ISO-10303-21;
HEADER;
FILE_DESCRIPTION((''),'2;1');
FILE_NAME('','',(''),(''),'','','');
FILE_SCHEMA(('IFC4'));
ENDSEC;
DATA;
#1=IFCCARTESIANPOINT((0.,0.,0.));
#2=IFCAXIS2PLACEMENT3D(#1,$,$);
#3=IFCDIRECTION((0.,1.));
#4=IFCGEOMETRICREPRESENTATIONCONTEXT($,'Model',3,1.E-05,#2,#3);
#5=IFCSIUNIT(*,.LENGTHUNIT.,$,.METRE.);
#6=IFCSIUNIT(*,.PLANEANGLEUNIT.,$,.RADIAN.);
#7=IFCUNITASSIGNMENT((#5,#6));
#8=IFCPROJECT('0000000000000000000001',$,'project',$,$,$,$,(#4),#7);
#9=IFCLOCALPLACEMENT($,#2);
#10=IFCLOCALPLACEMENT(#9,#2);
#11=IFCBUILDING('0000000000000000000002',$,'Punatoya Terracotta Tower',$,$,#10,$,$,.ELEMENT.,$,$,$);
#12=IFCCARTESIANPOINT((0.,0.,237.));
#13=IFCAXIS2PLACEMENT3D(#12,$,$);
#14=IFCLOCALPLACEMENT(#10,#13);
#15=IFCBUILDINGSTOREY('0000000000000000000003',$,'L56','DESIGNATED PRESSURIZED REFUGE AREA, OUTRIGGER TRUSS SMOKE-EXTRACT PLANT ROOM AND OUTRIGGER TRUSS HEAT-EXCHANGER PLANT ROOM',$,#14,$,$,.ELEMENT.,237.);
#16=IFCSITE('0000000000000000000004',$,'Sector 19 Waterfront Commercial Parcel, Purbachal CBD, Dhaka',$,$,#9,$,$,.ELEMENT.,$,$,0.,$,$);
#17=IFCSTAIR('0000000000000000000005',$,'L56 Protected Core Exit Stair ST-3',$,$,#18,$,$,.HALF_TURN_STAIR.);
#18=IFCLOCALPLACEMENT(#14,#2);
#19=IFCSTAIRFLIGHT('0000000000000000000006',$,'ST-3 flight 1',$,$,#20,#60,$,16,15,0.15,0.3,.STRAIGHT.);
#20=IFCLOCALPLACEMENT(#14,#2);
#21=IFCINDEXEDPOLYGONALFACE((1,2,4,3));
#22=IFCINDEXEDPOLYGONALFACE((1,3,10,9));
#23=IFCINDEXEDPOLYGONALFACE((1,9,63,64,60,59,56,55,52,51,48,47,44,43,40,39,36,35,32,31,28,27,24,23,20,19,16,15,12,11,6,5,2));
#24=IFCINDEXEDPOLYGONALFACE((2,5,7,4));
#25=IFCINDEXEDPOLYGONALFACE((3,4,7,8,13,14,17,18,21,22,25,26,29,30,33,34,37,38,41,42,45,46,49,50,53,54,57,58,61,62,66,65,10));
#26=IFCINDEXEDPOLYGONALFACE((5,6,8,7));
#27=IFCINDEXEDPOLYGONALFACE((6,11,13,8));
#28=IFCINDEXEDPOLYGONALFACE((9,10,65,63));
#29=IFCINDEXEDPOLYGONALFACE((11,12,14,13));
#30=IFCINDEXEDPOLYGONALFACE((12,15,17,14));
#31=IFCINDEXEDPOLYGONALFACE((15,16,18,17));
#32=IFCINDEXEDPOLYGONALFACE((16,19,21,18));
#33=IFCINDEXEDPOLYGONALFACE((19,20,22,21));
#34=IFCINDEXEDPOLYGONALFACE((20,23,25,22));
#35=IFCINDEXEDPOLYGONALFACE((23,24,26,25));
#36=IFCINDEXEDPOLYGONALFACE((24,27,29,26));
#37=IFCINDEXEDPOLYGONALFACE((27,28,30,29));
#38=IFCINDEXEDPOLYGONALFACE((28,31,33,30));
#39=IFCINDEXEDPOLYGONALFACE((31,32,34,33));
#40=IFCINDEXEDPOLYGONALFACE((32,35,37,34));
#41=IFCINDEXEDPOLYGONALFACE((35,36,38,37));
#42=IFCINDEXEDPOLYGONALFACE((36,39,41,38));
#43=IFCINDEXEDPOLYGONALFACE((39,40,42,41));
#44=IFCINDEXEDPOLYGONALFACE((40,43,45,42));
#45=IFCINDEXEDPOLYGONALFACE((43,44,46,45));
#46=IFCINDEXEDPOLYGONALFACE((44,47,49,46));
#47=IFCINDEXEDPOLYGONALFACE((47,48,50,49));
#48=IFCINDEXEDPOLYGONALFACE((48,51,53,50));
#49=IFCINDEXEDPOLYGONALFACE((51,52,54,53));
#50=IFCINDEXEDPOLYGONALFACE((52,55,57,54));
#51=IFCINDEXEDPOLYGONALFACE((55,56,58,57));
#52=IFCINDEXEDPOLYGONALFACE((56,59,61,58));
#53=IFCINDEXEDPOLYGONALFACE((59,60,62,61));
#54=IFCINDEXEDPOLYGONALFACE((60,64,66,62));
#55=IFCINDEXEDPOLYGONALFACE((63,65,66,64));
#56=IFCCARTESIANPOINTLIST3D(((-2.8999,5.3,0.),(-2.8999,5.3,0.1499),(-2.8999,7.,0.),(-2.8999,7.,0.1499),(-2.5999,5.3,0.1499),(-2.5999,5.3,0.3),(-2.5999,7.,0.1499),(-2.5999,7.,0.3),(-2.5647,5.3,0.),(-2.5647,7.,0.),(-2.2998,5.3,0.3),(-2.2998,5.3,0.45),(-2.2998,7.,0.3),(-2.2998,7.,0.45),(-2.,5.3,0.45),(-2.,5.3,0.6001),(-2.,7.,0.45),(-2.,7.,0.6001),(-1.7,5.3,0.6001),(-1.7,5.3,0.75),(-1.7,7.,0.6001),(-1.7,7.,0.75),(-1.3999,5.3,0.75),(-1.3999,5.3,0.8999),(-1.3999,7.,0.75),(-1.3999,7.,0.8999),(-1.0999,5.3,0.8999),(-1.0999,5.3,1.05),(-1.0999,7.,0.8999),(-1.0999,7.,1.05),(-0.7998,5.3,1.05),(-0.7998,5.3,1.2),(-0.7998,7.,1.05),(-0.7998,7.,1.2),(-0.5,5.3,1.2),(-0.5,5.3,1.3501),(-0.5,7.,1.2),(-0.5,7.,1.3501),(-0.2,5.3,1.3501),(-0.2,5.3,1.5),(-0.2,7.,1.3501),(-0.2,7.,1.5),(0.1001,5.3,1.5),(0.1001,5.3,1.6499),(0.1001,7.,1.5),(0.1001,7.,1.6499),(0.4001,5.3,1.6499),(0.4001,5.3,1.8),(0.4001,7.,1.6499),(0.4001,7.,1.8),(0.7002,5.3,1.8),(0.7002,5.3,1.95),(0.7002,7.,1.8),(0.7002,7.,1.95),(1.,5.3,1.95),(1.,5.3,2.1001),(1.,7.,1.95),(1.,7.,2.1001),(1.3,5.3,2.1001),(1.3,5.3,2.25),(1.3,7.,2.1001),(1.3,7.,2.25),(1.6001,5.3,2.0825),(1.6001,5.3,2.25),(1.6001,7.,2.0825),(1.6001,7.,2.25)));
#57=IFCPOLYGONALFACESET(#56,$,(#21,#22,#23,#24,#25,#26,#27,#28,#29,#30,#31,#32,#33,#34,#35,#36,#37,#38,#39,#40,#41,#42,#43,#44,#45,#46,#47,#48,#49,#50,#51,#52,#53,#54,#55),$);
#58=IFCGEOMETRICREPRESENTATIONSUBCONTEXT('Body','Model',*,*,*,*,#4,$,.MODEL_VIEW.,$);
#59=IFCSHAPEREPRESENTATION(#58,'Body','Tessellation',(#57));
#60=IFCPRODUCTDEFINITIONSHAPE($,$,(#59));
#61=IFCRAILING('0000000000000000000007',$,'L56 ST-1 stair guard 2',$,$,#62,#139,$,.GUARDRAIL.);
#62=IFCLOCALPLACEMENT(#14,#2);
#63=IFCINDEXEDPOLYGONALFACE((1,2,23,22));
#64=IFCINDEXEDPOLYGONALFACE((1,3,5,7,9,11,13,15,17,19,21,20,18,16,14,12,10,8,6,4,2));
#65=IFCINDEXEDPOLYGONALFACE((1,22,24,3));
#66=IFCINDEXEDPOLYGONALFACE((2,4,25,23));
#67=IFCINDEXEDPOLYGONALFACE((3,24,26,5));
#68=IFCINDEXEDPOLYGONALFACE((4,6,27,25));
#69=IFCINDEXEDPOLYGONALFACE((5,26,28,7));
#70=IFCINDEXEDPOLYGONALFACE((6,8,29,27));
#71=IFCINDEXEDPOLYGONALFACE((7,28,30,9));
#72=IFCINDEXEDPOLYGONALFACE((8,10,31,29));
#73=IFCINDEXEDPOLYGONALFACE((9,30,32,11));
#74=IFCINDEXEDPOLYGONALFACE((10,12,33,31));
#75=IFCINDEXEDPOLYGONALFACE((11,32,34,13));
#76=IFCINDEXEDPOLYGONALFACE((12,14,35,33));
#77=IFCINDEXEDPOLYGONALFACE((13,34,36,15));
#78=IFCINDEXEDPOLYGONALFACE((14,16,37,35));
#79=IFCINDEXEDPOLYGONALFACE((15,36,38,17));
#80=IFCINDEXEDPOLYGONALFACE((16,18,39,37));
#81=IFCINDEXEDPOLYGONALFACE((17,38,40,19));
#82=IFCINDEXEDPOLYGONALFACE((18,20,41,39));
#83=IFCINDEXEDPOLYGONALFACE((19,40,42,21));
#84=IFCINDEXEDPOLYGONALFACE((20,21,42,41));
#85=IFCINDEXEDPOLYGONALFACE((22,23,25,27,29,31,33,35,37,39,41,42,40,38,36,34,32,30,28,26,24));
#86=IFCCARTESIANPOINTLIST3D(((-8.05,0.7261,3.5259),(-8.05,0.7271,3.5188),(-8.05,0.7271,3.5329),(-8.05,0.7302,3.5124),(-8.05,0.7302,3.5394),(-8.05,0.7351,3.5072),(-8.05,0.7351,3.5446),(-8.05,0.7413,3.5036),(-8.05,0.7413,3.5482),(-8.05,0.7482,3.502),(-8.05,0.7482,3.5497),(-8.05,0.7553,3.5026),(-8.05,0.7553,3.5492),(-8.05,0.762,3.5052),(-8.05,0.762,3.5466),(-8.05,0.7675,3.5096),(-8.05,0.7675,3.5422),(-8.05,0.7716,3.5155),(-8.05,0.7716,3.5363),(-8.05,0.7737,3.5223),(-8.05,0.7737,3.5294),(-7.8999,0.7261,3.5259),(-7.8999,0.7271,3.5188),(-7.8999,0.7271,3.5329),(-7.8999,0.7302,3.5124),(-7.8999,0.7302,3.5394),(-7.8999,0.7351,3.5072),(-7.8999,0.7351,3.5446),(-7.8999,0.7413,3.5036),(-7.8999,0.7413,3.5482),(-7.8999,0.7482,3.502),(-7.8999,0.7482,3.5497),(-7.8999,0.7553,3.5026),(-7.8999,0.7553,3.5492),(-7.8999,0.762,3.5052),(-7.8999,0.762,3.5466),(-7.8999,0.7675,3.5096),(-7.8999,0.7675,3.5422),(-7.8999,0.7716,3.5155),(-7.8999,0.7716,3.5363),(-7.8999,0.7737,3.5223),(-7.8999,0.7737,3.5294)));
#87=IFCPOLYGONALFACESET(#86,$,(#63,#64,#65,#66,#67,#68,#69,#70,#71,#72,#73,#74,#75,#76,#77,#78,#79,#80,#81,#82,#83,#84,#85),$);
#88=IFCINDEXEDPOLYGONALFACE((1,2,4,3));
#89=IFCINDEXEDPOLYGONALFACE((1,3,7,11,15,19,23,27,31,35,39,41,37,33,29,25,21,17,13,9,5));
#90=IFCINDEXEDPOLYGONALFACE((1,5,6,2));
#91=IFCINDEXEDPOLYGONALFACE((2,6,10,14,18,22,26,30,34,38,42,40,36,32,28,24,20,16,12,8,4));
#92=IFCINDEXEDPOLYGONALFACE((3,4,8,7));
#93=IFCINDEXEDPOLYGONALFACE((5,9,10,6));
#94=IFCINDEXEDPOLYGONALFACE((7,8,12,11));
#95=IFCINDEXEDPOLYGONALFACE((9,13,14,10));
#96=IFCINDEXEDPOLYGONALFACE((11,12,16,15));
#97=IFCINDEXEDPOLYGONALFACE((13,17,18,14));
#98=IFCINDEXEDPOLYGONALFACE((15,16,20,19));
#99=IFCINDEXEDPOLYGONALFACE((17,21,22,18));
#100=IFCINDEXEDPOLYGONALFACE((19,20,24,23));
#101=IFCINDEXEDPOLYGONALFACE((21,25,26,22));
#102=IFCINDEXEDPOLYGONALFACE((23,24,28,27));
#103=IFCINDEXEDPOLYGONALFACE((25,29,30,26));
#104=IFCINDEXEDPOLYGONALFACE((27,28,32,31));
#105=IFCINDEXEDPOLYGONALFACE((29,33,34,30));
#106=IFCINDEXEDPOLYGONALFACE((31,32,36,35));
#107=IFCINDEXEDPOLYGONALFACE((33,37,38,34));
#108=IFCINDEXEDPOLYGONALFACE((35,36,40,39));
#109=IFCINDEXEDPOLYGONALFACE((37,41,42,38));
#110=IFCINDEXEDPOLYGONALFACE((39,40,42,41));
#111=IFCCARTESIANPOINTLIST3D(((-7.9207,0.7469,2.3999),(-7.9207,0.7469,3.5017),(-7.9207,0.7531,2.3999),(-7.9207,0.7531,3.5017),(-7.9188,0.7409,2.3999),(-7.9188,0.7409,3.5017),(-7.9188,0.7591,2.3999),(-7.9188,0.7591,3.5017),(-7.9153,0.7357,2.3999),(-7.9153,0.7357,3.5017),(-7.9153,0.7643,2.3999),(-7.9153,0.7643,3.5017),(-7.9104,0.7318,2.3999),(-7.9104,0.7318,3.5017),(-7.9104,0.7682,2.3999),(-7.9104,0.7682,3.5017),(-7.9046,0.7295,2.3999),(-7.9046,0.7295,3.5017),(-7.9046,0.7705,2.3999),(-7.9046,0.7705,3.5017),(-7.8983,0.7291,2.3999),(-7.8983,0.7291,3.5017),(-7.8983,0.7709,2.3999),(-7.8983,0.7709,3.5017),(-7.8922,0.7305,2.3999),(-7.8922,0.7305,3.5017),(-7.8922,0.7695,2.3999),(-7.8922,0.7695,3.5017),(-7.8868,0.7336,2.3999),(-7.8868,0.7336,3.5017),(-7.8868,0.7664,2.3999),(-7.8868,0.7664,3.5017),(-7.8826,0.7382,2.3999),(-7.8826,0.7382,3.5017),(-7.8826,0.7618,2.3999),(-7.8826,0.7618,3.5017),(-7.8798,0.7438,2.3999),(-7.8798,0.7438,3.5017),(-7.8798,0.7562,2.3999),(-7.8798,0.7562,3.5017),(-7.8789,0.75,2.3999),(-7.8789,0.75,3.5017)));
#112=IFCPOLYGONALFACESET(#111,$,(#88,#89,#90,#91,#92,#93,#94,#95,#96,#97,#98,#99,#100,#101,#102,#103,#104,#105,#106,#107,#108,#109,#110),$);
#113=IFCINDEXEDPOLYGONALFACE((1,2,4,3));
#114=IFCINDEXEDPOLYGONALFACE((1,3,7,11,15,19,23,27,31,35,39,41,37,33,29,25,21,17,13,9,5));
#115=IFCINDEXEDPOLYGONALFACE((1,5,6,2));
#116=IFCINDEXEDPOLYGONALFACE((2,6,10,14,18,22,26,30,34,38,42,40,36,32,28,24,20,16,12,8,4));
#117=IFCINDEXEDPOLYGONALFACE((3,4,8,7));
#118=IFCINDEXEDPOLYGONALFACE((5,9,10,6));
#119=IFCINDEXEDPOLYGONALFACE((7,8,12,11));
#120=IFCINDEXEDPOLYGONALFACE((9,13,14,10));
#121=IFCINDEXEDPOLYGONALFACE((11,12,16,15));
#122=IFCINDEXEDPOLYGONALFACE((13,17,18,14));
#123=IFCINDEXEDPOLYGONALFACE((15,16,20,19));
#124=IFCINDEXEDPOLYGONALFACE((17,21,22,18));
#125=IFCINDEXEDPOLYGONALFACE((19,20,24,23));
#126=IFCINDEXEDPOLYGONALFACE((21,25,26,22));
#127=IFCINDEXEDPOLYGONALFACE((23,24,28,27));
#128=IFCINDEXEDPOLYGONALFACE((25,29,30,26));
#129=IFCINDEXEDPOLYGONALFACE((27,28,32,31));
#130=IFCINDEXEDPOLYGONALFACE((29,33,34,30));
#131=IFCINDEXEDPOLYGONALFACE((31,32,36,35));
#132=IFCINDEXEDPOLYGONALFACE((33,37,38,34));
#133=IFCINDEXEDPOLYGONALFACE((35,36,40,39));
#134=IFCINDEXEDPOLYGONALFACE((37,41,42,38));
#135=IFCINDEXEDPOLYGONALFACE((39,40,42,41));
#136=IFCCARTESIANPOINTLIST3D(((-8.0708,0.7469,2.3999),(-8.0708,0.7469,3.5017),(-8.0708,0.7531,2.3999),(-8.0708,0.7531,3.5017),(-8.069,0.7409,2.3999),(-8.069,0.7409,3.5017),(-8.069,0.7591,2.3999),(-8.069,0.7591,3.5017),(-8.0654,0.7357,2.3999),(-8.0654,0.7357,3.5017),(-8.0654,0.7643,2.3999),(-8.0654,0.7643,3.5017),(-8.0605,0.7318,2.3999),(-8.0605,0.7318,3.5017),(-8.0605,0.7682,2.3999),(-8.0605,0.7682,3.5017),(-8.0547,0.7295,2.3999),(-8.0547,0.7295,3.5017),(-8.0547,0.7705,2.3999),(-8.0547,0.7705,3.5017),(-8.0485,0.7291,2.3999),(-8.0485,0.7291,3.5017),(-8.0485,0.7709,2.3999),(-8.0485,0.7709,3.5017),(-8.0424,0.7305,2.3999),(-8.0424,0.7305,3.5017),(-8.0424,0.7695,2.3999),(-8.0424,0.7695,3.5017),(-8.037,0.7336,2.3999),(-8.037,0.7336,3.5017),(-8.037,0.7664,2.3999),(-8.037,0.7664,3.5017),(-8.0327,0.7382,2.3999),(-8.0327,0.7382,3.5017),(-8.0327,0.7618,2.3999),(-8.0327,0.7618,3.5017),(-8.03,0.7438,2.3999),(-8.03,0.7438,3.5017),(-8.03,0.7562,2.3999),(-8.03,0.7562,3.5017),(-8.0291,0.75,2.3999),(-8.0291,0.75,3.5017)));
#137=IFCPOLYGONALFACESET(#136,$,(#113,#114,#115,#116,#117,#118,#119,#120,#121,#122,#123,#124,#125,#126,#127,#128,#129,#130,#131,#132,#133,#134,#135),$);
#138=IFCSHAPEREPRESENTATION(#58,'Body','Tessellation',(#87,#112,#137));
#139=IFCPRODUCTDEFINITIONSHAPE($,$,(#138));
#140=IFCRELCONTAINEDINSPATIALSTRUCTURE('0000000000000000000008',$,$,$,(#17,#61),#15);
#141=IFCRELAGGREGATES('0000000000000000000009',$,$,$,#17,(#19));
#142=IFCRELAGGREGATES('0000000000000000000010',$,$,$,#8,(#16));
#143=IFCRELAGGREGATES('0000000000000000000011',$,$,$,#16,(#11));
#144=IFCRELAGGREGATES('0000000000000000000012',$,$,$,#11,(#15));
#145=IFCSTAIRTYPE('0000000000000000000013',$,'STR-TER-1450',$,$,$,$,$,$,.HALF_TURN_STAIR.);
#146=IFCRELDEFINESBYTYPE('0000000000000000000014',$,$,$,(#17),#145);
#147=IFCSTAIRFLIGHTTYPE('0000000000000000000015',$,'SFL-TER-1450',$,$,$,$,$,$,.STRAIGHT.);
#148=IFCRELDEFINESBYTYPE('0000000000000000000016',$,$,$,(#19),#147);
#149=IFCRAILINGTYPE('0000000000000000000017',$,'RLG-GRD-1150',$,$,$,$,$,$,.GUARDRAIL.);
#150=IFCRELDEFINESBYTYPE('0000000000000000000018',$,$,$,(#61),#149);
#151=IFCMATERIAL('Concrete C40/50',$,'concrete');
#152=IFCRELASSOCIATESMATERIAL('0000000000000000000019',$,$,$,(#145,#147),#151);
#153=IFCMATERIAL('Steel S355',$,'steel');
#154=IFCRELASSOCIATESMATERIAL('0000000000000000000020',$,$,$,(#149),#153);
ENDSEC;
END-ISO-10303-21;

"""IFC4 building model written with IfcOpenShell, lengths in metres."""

from ifc_helpers import new_model, si_unit, direction, frame, origin, origin_2d, place, context, subcontext, project, spatial, polyline, circle, outline, extrude, material, type_object, element, aggregate, save


model = new_model("IFC4")

# Units and contexts
model_context = context("Model", 3, precision=1e-05, world=origin(), true_north=direction((0.0, 1.0)))
body_context = subcontext(model_context, "Body", "Model", "MODEL_VIEW")
ifc_project = project(units=[si_unit("LENGTHUNIT", "METRE"), si_unit("PLANEANGLEUNIT", "RADIAN")], contexts=[model_context])

# Site, building, storey
site_placement = place(None, origin())
site = spatial("IfcSite", under=ifc_project, at=site_placement, Name="Sector 19 Waterfront Commercial Parcel, Purbachal CBD, Dhaka", CompositionType="ELEMENT", RefElevation=0.0)
building_placement = place(site_placement, origin())
building = spatial("IfcBuilding", under=site, at=building_placement, Name="Punatoya Terracotta Tower", CompositionType="ELEMENT")
storey_placement = place(building_placement, frame((0.0, 0.0, 237.0)))
storey = spatial("IfcBuildingStorey", under=building, at=storey_placement, Name="L56", Description="DESIGNATED PRESSURIZED REFUGE AREA, OUTRIGGER TRUSS SMOKE-EXTRACT PLANT ROOM AND OUTRIGGER TRUSS HEAT-EXCHANGER PLANT ROOM", CompositionType="ELEMENT", Elevation=237.0)

# Shared definitions
ifc_material_1 = material(Name="Steel S355", Category="steel")

# Shared definitions
ifc_material_2 = material(Name="Concrete C40/50", Category="concrete")

# Stair, stair flight
stair_type_1 = type_object("IfcStairType", Name="STR-TER-1450", PredefinedType="HALF_TURN_STAIR", material=ifc_material_2)
stair_1_placement = place(storey_placement, origin())
stair_1 = element("IfcStair", 1, at=stair_1_placement, inside=storey, type_object=stair_type_1, Name="L56 Protected Core Exit Stair ST-3", PredefinedType="HALF_TURN_STAIR")
stair_flight_type_1 = type_object("IfcStairFlightType", Name="SFL-TER-1450", PredefinedType="STRAIGHT", material=ifc_material_2)
stair_flight_1_placement = place(storey_placement, frame((-2.8999, 6.1499, 0.0), z_axis=(0.0, 0.0, 1.0), x_axis=(1.0, 0.0, 0.0)))
stair_flight_1 = element("IfcStairFlight", 2, at=stair_flight_1_placement, type_object=stair_flight_type_1, Name="ST-3 flight 1", NumberOfRisers=16, NumberOfTreads=15, PredefinedType="STRAIGHT", RiserHeight=0.15, TreadLength=0.3, context=body_context, shape_type="SweptSolid", body=[
    extrude(outline(polyline([(0.0, 0.0), (0.0, 0.1499), (0.3, 0.1499), (0.3, 0.3), (0.6001, 0.3), (0.6001, 0.45), (0.8999, 0.45), (0.8999, 0.6001), (1.2, 0.6001), (1.2, 0.75), (1.5, 0.75), (1.5, 0.8999), (1.8, 0.8999), (1.8, 1.05), (2.1001, 1.05), (2.1001, 1.2), (2.3999, 1.2), (2.3999, 1.3501), (2.7, 1.3501), (2.7, 1.5), (3.0, 1.5), (3.0, 1.6499), (3.3, 1.6499), (3.3, 1.8), (3.6001, 1.8), (3.6001, 1.95), (3.8999, 1.95), (3.8999, 2.1001), (4.2, 2.1001), (4.2, 2.25), (4.5, 2.25), (4.5, 2.3999), (4.5, 2.0825), (0.3352, 0.0), (0.0, 0.0)])), frame((0.0, 0.8501, 0.0), z_axis=(0.0, -1.0, 0.0), x_axis=(1.0, 0.0, 0.0)), (0.0, 0.0, 1.0), 1.7),
])
aggregate(stair_1, [stair_flight_1])

# Railing
railing_type_1 = type_object("IfcRailingType", Name="RLG-GRD-1150", PredefinedType="GUARDRAIL", material=ifc_material_1)
railing_1_placement = place(storey_placement, frame((-7.8999, 0.75, 2.3999)))
element("IfcRailing", 3, at=railing_1_placement, inside=storey, type_object=railing_type_1, Name="L56 ST-1 stair guard 2", PredefinedType="GUARDRAIL", context=body_context, shape_type="SweptSolid", body=[
    extrude(circle(Radius=0.0239, at=origin_2d()), frame((0.0, 0.0, 1.126), z_axis=(-1.0, 0.0, 0.0), x_axis=(0.0, -1.0, 0.0)), (0.0, 0.0, 1.0), 0.1501),
    extrude(circle(Radius=0.021, at=origin_2d()), origin(), (0.0, 0.0, 1.0), 1.1018),
    extrude(circle(Radius=0.021, at=origin_2d()), frame((-0.1501, 0.0, 0.0)), (0.0, 0.0, 1.0), 1.1018),
])

save(model, "model.ifc")
